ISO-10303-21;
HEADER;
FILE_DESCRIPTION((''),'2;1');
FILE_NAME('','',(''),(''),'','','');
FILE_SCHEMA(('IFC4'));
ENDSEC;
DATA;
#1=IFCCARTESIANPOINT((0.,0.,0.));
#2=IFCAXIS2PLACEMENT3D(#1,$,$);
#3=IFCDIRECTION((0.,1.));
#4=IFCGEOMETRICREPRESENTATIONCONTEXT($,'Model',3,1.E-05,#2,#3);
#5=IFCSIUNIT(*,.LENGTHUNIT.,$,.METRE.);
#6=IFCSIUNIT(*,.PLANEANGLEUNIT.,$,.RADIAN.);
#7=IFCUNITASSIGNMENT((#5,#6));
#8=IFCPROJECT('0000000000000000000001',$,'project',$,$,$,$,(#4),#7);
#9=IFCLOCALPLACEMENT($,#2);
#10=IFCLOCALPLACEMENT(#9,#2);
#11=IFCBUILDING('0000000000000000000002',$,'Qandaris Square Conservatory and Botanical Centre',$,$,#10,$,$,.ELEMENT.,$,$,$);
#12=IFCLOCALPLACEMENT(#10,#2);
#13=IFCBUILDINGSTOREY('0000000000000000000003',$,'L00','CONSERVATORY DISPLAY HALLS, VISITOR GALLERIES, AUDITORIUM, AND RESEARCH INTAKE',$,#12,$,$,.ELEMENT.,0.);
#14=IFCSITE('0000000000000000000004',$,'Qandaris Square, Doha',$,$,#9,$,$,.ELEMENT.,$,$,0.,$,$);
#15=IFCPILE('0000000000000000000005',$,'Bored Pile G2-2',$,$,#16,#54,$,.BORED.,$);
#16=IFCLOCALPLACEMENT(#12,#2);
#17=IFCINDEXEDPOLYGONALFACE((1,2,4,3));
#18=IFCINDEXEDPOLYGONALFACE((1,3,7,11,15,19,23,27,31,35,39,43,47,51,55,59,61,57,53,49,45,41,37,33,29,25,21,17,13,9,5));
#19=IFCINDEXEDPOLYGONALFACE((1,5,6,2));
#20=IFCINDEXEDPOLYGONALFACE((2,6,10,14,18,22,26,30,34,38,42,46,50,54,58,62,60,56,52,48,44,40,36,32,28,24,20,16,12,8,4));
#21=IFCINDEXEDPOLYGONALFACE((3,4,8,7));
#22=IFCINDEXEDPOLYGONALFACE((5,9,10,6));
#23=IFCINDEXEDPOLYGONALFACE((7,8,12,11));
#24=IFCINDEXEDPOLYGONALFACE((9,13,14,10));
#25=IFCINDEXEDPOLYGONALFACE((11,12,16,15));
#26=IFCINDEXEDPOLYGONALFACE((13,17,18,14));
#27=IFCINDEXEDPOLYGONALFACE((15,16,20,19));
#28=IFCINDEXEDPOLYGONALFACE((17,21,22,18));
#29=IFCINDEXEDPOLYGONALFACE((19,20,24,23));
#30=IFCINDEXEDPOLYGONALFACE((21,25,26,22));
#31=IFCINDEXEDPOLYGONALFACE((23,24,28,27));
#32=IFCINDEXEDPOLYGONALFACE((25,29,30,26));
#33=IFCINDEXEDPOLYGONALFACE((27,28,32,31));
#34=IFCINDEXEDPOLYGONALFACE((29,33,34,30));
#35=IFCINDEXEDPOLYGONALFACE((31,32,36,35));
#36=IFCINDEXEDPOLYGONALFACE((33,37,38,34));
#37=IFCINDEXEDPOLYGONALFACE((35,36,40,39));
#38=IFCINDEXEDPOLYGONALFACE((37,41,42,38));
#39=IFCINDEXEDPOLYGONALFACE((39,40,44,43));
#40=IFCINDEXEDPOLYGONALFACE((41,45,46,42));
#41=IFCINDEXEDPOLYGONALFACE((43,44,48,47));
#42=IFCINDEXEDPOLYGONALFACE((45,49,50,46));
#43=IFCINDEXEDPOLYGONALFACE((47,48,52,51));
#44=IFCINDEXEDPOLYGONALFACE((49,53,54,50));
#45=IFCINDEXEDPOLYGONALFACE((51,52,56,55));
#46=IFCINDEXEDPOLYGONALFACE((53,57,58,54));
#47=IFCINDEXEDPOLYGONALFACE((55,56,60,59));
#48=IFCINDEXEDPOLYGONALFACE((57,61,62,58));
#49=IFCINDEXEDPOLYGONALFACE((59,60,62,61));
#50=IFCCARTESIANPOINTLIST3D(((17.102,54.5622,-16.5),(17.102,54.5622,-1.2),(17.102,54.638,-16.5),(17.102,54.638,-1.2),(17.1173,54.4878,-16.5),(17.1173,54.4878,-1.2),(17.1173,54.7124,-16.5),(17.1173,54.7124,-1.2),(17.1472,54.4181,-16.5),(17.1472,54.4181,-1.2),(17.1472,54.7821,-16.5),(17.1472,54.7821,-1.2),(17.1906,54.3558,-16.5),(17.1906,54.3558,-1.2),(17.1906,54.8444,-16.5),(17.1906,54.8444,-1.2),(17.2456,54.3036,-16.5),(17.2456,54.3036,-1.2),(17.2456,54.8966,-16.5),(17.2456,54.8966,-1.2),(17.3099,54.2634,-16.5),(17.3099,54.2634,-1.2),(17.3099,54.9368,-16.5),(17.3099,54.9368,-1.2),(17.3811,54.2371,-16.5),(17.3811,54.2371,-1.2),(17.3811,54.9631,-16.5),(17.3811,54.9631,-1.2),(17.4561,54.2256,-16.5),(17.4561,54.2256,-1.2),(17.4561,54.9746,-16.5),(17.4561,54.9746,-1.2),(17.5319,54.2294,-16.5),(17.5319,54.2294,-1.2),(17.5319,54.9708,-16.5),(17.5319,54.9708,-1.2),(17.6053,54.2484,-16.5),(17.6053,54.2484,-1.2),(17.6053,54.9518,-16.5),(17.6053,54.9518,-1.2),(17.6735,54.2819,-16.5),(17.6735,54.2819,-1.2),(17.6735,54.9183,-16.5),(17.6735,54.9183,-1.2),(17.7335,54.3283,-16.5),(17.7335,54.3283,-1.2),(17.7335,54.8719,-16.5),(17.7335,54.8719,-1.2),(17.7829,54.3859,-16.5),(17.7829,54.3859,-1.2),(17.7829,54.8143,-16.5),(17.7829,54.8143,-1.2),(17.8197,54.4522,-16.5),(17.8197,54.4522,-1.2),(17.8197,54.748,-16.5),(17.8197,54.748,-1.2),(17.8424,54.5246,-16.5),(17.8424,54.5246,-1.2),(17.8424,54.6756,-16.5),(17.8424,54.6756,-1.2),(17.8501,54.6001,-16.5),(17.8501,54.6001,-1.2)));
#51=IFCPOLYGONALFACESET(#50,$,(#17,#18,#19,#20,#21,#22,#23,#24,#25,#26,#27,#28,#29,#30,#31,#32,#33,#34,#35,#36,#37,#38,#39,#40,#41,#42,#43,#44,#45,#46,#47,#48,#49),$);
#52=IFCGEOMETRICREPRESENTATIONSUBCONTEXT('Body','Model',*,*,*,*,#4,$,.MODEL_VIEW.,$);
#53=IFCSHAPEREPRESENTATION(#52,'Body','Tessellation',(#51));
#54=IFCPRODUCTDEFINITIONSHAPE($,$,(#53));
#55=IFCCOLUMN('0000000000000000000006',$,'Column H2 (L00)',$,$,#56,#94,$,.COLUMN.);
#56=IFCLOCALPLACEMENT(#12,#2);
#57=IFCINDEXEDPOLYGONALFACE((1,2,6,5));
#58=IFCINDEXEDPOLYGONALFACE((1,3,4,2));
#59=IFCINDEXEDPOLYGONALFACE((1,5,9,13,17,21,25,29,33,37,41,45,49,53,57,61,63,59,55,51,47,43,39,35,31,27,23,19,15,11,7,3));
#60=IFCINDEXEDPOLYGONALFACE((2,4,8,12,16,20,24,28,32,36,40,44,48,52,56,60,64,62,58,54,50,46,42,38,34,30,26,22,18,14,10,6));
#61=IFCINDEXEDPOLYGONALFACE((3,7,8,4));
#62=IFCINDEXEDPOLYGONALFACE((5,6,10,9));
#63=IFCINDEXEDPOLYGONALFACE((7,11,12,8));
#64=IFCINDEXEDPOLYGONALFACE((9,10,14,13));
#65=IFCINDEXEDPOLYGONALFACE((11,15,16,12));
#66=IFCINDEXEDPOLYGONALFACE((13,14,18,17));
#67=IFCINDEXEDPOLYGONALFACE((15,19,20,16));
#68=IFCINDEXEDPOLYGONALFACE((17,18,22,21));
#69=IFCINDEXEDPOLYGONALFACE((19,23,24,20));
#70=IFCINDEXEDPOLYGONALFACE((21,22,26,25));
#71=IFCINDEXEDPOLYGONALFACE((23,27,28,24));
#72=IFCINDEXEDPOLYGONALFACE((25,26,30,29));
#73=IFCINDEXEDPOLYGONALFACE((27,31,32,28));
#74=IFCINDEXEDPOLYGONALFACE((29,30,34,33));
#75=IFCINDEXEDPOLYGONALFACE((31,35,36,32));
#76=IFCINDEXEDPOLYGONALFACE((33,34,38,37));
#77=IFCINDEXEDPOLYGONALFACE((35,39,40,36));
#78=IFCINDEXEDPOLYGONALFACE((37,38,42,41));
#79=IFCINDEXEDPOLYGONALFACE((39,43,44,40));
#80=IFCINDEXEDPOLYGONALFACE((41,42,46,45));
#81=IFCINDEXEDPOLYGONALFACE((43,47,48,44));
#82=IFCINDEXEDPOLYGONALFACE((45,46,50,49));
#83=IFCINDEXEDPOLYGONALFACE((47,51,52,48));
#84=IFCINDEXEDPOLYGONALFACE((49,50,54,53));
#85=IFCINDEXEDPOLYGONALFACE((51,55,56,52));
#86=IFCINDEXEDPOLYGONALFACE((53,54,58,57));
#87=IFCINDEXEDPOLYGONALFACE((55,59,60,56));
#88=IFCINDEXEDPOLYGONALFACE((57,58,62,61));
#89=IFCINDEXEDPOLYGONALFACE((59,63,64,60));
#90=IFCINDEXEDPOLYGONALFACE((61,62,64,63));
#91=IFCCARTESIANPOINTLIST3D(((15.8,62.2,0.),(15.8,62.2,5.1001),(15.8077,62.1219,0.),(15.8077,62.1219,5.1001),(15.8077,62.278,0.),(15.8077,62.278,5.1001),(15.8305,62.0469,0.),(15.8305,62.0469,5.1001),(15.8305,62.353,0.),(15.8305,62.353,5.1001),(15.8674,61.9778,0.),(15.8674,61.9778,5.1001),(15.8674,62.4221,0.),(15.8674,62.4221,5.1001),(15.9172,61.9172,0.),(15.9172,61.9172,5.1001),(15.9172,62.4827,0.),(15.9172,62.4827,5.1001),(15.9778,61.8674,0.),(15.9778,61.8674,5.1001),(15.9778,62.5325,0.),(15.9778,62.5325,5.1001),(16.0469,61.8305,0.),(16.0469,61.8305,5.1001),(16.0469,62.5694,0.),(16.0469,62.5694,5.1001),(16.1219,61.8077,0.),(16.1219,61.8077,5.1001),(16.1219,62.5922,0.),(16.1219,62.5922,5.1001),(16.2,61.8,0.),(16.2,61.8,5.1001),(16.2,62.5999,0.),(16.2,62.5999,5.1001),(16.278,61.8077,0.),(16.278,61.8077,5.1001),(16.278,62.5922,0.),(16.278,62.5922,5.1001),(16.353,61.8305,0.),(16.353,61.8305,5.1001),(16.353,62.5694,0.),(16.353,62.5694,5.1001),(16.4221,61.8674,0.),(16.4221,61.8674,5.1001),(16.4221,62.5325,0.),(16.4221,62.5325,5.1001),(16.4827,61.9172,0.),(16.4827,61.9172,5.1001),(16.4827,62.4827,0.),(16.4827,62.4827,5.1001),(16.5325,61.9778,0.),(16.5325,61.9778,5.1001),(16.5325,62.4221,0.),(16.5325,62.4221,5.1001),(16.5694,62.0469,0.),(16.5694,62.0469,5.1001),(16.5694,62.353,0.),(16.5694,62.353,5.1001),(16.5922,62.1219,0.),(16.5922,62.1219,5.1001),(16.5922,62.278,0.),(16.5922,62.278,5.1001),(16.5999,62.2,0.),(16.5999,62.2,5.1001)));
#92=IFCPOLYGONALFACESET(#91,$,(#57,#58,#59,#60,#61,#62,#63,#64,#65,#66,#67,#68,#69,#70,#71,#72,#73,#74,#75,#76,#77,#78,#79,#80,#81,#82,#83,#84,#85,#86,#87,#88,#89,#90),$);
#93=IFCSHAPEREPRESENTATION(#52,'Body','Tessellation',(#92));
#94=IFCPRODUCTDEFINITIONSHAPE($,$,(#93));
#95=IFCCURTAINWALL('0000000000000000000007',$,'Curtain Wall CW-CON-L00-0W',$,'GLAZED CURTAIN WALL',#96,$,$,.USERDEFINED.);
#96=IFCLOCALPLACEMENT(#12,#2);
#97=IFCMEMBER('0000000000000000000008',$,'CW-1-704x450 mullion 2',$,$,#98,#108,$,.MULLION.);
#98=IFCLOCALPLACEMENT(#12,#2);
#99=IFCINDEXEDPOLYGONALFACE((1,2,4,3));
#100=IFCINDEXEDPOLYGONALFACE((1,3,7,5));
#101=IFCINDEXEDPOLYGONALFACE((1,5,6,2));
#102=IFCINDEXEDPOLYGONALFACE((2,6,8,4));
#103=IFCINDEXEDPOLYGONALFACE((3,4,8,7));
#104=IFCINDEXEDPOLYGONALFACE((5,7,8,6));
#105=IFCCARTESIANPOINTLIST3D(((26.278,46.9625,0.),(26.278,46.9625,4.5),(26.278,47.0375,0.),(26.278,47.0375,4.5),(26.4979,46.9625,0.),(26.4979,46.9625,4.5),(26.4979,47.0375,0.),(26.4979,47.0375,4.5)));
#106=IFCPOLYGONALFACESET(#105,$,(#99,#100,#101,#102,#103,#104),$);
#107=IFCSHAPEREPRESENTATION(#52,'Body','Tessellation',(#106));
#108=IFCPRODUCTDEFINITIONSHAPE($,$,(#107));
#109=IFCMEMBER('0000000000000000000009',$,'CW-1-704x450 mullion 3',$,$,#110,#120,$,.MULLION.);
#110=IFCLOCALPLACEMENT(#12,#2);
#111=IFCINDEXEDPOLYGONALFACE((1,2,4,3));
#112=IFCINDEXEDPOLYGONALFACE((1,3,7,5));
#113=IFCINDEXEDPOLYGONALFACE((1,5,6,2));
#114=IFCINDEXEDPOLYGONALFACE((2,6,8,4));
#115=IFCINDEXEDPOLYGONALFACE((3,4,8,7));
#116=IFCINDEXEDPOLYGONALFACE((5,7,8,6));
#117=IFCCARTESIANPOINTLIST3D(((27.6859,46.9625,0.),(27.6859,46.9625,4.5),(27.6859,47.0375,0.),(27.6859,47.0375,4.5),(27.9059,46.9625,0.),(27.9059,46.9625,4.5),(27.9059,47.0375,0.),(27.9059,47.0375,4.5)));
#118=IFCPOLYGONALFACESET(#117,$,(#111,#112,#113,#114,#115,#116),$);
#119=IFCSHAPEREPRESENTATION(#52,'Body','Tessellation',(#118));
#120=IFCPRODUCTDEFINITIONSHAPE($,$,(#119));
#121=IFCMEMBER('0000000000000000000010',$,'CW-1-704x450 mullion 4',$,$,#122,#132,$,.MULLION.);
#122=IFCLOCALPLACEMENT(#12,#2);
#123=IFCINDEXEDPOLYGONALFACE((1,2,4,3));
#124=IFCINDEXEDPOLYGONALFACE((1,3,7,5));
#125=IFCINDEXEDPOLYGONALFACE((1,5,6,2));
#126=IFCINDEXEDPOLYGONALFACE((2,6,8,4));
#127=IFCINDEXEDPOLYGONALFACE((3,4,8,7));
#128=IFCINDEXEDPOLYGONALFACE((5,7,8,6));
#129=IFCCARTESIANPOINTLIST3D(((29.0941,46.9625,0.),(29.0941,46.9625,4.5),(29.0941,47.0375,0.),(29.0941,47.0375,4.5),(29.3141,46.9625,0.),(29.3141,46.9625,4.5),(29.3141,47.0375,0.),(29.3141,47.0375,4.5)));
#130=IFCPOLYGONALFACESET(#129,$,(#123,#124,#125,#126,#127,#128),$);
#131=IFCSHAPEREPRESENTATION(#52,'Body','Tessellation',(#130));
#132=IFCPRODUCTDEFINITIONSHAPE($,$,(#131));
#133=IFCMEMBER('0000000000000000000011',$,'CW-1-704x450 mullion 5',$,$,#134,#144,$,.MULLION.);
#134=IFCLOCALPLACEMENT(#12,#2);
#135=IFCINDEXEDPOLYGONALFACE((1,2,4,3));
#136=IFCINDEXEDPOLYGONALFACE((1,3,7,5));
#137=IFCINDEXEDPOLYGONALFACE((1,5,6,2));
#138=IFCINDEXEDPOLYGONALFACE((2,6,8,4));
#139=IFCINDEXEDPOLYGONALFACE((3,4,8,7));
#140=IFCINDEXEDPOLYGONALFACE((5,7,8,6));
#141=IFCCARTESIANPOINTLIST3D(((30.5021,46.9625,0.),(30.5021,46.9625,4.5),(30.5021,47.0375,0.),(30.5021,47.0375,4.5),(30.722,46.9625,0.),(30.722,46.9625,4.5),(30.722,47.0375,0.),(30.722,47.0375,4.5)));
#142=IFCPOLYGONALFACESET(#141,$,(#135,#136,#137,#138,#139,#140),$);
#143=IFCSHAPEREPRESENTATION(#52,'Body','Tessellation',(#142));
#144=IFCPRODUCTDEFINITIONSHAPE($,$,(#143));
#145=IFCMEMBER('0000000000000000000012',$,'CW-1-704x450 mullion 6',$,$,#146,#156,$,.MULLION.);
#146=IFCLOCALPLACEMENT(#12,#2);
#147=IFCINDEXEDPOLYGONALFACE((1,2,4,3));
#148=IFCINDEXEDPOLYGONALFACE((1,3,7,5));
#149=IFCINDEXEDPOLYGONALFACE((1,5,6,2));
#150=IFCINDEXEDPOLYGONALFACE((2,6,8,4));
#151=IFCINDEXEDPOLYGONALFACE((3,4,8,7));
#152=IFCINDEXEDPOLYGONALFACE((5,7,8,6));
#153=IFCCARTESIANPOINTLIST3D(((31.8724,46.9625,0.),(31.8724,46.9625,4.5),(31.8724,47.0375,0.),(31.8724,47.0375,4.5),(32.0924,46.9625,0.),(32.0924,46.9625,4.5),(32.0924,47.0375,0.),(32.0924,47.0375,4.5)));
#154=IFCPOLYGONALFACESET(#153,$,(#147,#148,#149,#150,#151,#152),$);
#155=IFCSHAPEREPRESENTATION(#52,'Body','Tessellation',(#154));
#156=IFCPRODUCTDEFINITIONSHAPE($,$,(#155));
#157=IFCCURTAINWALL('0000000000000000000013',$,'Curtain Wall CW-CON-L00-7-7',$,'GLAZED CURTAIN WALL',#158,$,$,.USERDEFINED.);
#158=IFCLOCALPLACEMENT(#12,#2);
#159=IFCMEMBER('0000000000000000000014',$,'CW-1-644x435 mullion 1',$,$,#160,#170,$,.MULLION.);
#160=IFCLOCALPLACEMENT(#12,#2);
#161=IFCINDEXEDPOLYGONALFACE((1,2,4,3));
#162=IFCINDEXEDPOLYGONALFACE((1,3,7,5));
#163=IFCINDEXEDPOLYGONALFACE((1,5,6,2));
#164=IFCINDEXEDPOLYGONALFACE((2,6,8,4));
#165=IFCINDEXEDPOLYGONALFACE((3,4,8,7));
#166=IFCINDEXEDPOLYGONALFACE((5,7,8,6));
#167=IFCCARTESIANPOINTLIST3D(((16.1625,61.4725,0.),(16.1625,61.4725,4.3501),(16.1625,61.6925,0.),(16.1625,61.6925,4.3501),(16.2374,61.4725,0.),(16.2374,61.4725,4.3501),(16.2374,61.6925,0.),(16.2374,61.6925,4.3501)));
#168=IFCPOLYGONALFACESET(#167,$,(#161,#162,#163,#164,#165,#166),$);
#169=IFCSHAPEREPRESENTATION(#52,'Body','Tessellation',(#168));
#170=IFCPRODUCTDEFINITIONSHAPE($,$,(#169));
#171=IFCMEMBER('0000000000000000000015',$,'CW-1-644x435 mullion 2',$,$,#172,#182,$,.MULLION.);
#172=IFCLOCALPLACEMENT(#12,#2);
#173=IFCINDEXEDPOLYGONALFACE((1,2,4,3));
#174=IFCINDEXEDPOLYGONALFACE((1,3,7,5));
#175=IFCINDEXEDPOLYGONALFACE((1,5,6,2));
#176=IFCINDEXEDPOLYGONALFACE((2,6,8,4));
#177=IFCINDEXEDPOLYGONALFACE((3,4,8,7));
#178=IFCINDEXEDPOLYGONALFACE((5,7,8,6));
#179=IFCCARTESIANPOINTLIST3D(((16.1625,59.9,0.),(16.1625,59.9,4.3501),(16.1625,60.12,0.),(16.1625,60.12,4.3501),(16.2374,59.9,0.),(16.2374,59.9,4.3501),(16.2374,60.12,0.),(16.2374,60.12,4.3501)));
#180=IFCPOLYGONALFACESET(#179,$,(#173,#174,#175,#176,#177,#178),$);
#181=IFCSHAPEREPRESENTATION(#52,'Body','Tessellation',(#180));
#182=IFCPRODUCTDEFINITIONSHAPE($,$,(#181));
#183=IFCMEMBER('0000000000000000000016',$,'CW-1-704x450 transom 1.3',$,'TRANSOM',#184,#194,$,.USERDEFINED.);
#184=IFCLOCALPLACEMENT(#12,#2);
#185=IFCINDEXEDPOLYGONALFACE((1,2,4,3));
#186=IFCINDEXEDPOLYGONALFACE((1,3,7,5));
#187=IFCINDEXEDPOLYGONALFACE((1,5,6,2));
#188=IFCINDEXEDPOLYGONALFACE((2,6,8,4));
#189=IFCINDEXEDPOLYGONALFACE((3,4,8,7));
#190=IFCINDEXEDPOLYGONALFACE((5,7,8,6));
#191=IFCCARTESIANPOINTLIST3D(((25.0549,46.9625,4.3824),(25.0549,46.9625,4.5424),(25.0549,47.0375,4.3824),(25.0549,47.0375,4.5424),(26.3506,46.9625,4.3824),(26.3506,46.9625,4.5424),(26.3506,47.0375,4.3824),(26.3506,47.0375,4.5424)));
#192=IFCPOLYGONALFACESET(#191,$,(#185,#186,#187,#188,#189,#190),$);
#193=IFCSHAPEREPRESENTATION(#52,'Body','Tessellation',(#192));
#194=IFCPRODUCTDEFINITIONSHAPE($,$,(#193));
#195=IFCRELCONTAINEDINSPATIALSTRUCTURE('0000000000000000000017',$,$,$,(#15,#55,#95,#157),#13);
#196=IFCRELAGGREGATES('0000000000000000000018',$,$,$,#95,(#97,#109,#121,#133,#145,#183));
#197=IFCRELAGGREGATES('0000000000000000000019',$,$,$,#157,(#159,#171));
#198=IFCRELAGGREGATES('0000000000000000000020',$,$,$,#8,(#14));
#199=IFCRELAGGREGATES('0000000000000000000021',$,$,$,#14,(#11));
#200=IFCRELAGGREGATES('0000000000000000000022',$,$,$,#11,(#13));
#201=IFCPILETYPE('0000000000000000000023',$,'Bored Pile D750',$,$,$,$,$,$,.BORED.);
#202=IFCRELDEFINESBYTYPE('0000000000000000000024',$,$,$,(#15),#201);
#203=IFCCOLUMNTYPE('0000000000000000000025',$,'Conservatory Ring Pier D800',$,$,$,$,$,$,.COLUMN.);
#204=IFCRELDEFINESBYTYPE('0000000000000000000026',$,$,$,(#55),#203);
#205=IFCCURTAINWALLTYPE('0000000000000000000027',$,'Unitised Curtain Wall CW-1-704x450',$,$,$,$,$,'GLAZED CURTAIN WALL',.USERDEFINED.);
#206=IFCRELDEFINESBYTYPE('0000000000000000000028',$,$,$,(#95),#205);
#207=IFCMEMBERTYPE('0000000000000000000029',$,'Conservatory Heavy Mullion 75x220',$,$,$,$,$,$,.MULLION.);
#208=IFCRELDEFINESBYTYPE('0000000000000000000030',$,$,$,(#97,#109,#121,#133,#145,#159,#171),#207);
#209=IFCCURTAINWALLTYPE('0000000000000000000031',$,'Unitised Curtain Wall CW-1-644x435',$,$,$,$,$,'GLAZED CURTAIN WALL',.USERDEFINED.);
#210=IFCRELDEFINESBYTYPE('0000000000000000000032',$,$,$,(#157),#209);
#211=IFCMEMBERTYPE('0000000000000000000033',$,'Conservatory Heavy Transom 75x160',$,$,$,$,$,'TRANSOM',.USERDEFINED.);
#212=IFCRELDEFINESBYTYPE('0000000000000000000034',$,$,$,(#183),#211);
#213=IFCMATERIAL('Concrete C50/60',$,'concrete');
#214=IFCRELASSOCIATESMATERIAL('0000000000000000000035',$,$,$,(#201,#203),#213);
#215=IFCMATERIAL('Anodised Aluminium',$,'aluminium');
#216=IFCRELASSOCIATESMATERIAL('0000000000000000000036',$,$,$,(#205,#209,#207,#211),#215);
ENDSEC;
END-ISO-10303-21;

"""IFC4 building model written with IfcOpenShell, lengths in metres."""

from ifc_helpers import new_model, si_unit, direction, frame, origin, origin_2d, place, context, subcontext, project, spatial, rectangle, circle, extrude, material, material_profile, profile_set, type_object, element, aggregate, save


model = new_model("IFC4")

# Units and contexts
model_context = context("Model", 3, precision=1e-05, world=origin(), true_north=direction((0.0, 1.0)))
body_context = subcontext(model_context, "Body", "Model", "MODEL_VIEW")
ifc_project = project(units=[si_unit("LENGTHUNIT", "METRE"), si_unit("PLANEANGLEUNIT", "RADIAN")], contexts=[model_context])

# Site, building, storey
site_placement = place(None, origin())
site = spatial("IfcSite", under=ifc_project, at=site_placement, Name="Qandaris Square, Doha", CompositionType="ELEMENT", RefElevation=0.0)
building_placement = place(site_placement, origin())
building = spatial("IfcBuilding", under=site, at=building_placement, Name="Qandaris Square Conservatory and Botanical Centre", CompositionType="ELEMENT")
storey_placement = place(building_placement, origin())
storey = spatial("IfcBuildingStorey", under=building, at=storey_placement, Name="L00", Description="CONSERVATORY DISPLAY HALLS, VISITOR GALLERIES, AUDITORIUM, AND RESEARCH INTAKE", CompositionType="ELEMENT", Elevation=0.0)

# Pile
ifc_material_1 = material(Name="Concrete C50/60", Category="concrete")
ifc_material_profile_1 = material_profile(ifc_material_1, circle(Radius=0.375, at=origin_2d()), Name="PILE D750")
ifc_profile_set_1 = profile_set([ifc_material_profile_1], Name="Concrete C50/60")
pile_type = type_object("IfcPileType", Name="Bored Pile D750", PredefinedType="BORED", material=ifc_profile_set_1)
pile_placement = place(storey_placement, frame((17.4751, 54.6001, -1.2), z_axis=(0.0, 0.0, -1.0), x_axis=(1.0, 0.0, 0.0)))
element("IfcPile", 1, at=pile_placement, inside=storey, type_object=pile_type, Name="Bored Pile G2-2", PredefinedType="BORED", context=body_context, shape_type="SweptSolid", body=[
    extrude(circle(Radius=0.375, at=origin_2d()), origin(), (0.0, 0.0, 1.0), 15.3),
])

# Column
ifc_material_profile_2 = material_profile(ifc_material_1, circle(Radius=0.3999, at=origin_2d()), Name="RC-COL D800")
ifc_profile_set_2 = profile_set([ifc_material_profile_2], Name="Concrete C50/60")
column_type = type_object("IfcColumnType", Name="Conservatory Ring Pier D800", PredefinedType="COLUMN", material=ifc_profile_set_2)
column_placement = place(storey_placement, frame((16.2, 62.2, 0.0), z_axis=(0.0, 0.0, 1.0), x_axis=(1.0, 0.0, 0.0)))
element("IfcColumn", 2, at=column_placement, inside=storey, type_object=column_type, Name="Column H2 (L00)", PredefinedType="COLUMN", context=body_context, shape_type="SweptSolid", body=[
    extrude(circle(Radius=0.3999, at=origin_2d()), origin(), (0.0, 0.0, 1.0), 5.1001),
])

# Curtain walls, members
ifc_material_2 = material(Name="Anodised Aluminium", Category="aluminium")
curtain_wall_type_1 = type_object("IfcCurtainWallType", Name="Unitised Curtain Wall CW-1-704x450", ElementType="GLAZED CURTAIN WALL", PredefinedType="USERDEFINED", material=ifc_material_2)
curtain_wall_1_placement = place(storey_placement, origin())
curtain_wall_1 = element("IfcCurtainWall", 3, at=curtain_wall_1_placement, inside=storey, type_object=curtain_wall_type_1, Name="Curtain Wall CW-CON-L00-0W", ObjectType="GLAZED CURTAIN WALL", PredefinedType="USERDEFINED")
ifc_material_profile_3 = material_profile(ifc_material_2, rectangle(XDim=0.075, YDim=0.22, at=origin_2d()), Name="ALU-MUL 75x220")
ifc_profile_set_3 = profile_set([ifc_material_profile_3], Name="Anodised Aluminium")
member_type_1 = type_object("IfcMemberType", Name="Conservatory Heavy Mullion 75x220", PredefinedType="MULLION", material=ifc_profile_set_3)
member_1_placement = place(storey_placement, frame((26.3879, 47.0, 0.0), z_axis=(0.0, 0.0, 1.0), x_axis=(0.0, 1.0, 0.0)))
member_1 = element("IfcMember", 4, at=member_1_placement, type_object=member_type_1, Name="CW-1-704x450 mullion 2", PredefinedType="MULLION", context=body_context, shape_type="SweptSolid", body=[
    extrude(rectangle(XDim=0.075, YDim=0.22, at=origin_2d()), origin(), (0.0, 0.0, 1.0), 4.5),
])
member_2_placement = place(storey_placement, frame((27.7959, 47.0, 0.0), z_axis=(0.0, 0.0, 1.0), x_axis=(0.0, 1.0, 0.0)))
member_2 = element("IfcMember", 5, at=member_2_placement, type_object=member_type_1, Name="CW-1-704x450 mullion 3", PredefinedType="MULLION", context=body_context, shape_type="SweptSolid", body=[
    extrude(rectangle(XDim=0.075, YDim=0.22, at=origin_2d()), origin(), (0.0, 0.0, 1.0), 4.5),
])
member_3_placement = place(storey_placement, frame((29.2041, 47.0, 0.0), z_axis=(0.0, 0.0, 1.0), x_axis=(0.0, 1.0, 0.0)))
member_3 = element("IfcMember", 6, at=member_3_placement, type_object=member_type_1, Name="CW-1-704x450 mullion 4", PredefinedType="MULLION", context=body_context, shape_type="SweptSolid", body=[
    extrude(rectangle(XDim=0.075, YDim=0.22, at=origin_2d()), origin(), (0.0, 0.0, 1.0), 4.5),
])
member_4_placement = place(storey_placement, frame((30.6121, 47.0, 0.0), z_axis=(0.0, 0.0, 1.0), x_axis=(0.0, 1.0, 0.0)))
member_4 = element("IfcMember", 7, at=member_4_placement, type_object=member_type_1, Name="CW-1-704x450 mullion 5", PredefinedType="MULLION", context=body_context, shape_type="SweptSolid", body=[
    extrude(rectangle(XDim=0.075, YDim=0.22, at=origin_2d()), origin(), (0.0, 0.0, 1.0), 4.5),
])
member_5_placement = place(storey_placement, frame((31.9824, 47.0, 0.0), z_axis=(0.0, 0.0, 1.0), x_axis=(0.0, 1.0, 0.0)))
member_5 = element("IfcMember", 8, at=member_5_placement, type_object=member_type_1, Name="CW-1-704x450 mullion 6", PredefinedType="MULLION", context=body_context, shape_type="SweptSolid", body=[
    extrude(rectangle(XDim=0.075, YDim=0.22, at=origin_2d()), origin(), (0.0, 0.0, 1.0), 4.5),
])
curtain_wall_type_2 = type_object("IfcCurtainWallType", Name="Unitised Curtain Wall CW-1-644x435", ElementType="GLAZED CURTAIN WALL", PredefinedType="USERDEFINED", material=ifc_material_2)
curtain_wall_2_placement = place(storey_placement, origin())
curtain_wall_2 = element("IfcCurtainWall", 9, at=curtain_wall_2_placement, inside=storey, type_object=curtain_wall_type_2, Name="Curtain Wall CW-CON-L00-7-7", ObjectType="GLAZED CURTAIN WALL", PredefinedType="USERDEFINED")
member_6_placement = place(storey_placement, frame((16.2, 61.5825, 0.0), z_axis=(0.0, 0.0, 1.0), x_axis=(1.0, 0.0, 0.0)))
member_6 = element("IfcMember", 10, at=member_6_placement, type_object=member_type_1, Name="CW-1-644x435 mullion 1", PredefinedType="MULLION", context=body_context, shape_type="SweptSolid", body=[
    extrude(rectangle(XDim=0.075, YDim=0.22, at=origin_2d()), origin(), (0.0, 0.0, 1.0), 4.3501),
])
member_7_placement = place(storey_placement, frame((16.2, 60.01, 0.0), z_axis=(0.0, 0.0, 1.0), x_axis=(1.0, 0.0, 0.0)))
member_7 = element("IfcMember", 11, at=member_7_placement, type_object=member_type_1, Name="CW-1-644x435 mullion 2", PredefinedType="MULLION", context=body_context, shape_type="SweptSolid", body=[
    extrude(rectangle(XDim=0.075, YDim=0.22, at=origin_2d()), origin(), (0.0, 0.0, 1.0), 4.3501),
])

# Member
ifc_material_profile_4 = material_profile(ifc_material_2, rectangle(XDim=0.075, YDim=0.1599, at=origin_2d()), Name="ALU-TRN 75x160")
ifc_profile_set_4 = profile_set([ifc_material_profile_4], Name="Anodised Aluminium")
member_type_2 = type_object("IfcMemberType", Name="Conservatory Heavy Transom 75x160", ElementType="TRANSOM", PredefinedType="USERDEFINED", material=ifc_profile_set_4)
member_8_placement = place(storey_placement, frame((25.0549, 47.0, 4.4624), z_axis=(1.0, 0.0, 0.0), x_axis=(0.0, 1.0, 0.0)))
member_8 = element("IfcMember", 12, at=member_8_placement, type_object=member_type_2, Name="CW-1-704x450 transom 1.3", ObjectType="TRANSOM", PredefinedType="USERDEFINED", context=body_context, shape_type="SweptSolid", body=[
    extrude(rectangle(XDim=0.075, YDim=0.1599, at=origin_2d()), origin(), (0.0, 0.0, 1.0), 1.2957),
])

aggregate(curtain_wall_1, [member_1, member_2, member_3, member_4, member_5, member_8])
aggregate(curtain_wall_2, [member_6, member_7])

save(model, "model.ifc")
